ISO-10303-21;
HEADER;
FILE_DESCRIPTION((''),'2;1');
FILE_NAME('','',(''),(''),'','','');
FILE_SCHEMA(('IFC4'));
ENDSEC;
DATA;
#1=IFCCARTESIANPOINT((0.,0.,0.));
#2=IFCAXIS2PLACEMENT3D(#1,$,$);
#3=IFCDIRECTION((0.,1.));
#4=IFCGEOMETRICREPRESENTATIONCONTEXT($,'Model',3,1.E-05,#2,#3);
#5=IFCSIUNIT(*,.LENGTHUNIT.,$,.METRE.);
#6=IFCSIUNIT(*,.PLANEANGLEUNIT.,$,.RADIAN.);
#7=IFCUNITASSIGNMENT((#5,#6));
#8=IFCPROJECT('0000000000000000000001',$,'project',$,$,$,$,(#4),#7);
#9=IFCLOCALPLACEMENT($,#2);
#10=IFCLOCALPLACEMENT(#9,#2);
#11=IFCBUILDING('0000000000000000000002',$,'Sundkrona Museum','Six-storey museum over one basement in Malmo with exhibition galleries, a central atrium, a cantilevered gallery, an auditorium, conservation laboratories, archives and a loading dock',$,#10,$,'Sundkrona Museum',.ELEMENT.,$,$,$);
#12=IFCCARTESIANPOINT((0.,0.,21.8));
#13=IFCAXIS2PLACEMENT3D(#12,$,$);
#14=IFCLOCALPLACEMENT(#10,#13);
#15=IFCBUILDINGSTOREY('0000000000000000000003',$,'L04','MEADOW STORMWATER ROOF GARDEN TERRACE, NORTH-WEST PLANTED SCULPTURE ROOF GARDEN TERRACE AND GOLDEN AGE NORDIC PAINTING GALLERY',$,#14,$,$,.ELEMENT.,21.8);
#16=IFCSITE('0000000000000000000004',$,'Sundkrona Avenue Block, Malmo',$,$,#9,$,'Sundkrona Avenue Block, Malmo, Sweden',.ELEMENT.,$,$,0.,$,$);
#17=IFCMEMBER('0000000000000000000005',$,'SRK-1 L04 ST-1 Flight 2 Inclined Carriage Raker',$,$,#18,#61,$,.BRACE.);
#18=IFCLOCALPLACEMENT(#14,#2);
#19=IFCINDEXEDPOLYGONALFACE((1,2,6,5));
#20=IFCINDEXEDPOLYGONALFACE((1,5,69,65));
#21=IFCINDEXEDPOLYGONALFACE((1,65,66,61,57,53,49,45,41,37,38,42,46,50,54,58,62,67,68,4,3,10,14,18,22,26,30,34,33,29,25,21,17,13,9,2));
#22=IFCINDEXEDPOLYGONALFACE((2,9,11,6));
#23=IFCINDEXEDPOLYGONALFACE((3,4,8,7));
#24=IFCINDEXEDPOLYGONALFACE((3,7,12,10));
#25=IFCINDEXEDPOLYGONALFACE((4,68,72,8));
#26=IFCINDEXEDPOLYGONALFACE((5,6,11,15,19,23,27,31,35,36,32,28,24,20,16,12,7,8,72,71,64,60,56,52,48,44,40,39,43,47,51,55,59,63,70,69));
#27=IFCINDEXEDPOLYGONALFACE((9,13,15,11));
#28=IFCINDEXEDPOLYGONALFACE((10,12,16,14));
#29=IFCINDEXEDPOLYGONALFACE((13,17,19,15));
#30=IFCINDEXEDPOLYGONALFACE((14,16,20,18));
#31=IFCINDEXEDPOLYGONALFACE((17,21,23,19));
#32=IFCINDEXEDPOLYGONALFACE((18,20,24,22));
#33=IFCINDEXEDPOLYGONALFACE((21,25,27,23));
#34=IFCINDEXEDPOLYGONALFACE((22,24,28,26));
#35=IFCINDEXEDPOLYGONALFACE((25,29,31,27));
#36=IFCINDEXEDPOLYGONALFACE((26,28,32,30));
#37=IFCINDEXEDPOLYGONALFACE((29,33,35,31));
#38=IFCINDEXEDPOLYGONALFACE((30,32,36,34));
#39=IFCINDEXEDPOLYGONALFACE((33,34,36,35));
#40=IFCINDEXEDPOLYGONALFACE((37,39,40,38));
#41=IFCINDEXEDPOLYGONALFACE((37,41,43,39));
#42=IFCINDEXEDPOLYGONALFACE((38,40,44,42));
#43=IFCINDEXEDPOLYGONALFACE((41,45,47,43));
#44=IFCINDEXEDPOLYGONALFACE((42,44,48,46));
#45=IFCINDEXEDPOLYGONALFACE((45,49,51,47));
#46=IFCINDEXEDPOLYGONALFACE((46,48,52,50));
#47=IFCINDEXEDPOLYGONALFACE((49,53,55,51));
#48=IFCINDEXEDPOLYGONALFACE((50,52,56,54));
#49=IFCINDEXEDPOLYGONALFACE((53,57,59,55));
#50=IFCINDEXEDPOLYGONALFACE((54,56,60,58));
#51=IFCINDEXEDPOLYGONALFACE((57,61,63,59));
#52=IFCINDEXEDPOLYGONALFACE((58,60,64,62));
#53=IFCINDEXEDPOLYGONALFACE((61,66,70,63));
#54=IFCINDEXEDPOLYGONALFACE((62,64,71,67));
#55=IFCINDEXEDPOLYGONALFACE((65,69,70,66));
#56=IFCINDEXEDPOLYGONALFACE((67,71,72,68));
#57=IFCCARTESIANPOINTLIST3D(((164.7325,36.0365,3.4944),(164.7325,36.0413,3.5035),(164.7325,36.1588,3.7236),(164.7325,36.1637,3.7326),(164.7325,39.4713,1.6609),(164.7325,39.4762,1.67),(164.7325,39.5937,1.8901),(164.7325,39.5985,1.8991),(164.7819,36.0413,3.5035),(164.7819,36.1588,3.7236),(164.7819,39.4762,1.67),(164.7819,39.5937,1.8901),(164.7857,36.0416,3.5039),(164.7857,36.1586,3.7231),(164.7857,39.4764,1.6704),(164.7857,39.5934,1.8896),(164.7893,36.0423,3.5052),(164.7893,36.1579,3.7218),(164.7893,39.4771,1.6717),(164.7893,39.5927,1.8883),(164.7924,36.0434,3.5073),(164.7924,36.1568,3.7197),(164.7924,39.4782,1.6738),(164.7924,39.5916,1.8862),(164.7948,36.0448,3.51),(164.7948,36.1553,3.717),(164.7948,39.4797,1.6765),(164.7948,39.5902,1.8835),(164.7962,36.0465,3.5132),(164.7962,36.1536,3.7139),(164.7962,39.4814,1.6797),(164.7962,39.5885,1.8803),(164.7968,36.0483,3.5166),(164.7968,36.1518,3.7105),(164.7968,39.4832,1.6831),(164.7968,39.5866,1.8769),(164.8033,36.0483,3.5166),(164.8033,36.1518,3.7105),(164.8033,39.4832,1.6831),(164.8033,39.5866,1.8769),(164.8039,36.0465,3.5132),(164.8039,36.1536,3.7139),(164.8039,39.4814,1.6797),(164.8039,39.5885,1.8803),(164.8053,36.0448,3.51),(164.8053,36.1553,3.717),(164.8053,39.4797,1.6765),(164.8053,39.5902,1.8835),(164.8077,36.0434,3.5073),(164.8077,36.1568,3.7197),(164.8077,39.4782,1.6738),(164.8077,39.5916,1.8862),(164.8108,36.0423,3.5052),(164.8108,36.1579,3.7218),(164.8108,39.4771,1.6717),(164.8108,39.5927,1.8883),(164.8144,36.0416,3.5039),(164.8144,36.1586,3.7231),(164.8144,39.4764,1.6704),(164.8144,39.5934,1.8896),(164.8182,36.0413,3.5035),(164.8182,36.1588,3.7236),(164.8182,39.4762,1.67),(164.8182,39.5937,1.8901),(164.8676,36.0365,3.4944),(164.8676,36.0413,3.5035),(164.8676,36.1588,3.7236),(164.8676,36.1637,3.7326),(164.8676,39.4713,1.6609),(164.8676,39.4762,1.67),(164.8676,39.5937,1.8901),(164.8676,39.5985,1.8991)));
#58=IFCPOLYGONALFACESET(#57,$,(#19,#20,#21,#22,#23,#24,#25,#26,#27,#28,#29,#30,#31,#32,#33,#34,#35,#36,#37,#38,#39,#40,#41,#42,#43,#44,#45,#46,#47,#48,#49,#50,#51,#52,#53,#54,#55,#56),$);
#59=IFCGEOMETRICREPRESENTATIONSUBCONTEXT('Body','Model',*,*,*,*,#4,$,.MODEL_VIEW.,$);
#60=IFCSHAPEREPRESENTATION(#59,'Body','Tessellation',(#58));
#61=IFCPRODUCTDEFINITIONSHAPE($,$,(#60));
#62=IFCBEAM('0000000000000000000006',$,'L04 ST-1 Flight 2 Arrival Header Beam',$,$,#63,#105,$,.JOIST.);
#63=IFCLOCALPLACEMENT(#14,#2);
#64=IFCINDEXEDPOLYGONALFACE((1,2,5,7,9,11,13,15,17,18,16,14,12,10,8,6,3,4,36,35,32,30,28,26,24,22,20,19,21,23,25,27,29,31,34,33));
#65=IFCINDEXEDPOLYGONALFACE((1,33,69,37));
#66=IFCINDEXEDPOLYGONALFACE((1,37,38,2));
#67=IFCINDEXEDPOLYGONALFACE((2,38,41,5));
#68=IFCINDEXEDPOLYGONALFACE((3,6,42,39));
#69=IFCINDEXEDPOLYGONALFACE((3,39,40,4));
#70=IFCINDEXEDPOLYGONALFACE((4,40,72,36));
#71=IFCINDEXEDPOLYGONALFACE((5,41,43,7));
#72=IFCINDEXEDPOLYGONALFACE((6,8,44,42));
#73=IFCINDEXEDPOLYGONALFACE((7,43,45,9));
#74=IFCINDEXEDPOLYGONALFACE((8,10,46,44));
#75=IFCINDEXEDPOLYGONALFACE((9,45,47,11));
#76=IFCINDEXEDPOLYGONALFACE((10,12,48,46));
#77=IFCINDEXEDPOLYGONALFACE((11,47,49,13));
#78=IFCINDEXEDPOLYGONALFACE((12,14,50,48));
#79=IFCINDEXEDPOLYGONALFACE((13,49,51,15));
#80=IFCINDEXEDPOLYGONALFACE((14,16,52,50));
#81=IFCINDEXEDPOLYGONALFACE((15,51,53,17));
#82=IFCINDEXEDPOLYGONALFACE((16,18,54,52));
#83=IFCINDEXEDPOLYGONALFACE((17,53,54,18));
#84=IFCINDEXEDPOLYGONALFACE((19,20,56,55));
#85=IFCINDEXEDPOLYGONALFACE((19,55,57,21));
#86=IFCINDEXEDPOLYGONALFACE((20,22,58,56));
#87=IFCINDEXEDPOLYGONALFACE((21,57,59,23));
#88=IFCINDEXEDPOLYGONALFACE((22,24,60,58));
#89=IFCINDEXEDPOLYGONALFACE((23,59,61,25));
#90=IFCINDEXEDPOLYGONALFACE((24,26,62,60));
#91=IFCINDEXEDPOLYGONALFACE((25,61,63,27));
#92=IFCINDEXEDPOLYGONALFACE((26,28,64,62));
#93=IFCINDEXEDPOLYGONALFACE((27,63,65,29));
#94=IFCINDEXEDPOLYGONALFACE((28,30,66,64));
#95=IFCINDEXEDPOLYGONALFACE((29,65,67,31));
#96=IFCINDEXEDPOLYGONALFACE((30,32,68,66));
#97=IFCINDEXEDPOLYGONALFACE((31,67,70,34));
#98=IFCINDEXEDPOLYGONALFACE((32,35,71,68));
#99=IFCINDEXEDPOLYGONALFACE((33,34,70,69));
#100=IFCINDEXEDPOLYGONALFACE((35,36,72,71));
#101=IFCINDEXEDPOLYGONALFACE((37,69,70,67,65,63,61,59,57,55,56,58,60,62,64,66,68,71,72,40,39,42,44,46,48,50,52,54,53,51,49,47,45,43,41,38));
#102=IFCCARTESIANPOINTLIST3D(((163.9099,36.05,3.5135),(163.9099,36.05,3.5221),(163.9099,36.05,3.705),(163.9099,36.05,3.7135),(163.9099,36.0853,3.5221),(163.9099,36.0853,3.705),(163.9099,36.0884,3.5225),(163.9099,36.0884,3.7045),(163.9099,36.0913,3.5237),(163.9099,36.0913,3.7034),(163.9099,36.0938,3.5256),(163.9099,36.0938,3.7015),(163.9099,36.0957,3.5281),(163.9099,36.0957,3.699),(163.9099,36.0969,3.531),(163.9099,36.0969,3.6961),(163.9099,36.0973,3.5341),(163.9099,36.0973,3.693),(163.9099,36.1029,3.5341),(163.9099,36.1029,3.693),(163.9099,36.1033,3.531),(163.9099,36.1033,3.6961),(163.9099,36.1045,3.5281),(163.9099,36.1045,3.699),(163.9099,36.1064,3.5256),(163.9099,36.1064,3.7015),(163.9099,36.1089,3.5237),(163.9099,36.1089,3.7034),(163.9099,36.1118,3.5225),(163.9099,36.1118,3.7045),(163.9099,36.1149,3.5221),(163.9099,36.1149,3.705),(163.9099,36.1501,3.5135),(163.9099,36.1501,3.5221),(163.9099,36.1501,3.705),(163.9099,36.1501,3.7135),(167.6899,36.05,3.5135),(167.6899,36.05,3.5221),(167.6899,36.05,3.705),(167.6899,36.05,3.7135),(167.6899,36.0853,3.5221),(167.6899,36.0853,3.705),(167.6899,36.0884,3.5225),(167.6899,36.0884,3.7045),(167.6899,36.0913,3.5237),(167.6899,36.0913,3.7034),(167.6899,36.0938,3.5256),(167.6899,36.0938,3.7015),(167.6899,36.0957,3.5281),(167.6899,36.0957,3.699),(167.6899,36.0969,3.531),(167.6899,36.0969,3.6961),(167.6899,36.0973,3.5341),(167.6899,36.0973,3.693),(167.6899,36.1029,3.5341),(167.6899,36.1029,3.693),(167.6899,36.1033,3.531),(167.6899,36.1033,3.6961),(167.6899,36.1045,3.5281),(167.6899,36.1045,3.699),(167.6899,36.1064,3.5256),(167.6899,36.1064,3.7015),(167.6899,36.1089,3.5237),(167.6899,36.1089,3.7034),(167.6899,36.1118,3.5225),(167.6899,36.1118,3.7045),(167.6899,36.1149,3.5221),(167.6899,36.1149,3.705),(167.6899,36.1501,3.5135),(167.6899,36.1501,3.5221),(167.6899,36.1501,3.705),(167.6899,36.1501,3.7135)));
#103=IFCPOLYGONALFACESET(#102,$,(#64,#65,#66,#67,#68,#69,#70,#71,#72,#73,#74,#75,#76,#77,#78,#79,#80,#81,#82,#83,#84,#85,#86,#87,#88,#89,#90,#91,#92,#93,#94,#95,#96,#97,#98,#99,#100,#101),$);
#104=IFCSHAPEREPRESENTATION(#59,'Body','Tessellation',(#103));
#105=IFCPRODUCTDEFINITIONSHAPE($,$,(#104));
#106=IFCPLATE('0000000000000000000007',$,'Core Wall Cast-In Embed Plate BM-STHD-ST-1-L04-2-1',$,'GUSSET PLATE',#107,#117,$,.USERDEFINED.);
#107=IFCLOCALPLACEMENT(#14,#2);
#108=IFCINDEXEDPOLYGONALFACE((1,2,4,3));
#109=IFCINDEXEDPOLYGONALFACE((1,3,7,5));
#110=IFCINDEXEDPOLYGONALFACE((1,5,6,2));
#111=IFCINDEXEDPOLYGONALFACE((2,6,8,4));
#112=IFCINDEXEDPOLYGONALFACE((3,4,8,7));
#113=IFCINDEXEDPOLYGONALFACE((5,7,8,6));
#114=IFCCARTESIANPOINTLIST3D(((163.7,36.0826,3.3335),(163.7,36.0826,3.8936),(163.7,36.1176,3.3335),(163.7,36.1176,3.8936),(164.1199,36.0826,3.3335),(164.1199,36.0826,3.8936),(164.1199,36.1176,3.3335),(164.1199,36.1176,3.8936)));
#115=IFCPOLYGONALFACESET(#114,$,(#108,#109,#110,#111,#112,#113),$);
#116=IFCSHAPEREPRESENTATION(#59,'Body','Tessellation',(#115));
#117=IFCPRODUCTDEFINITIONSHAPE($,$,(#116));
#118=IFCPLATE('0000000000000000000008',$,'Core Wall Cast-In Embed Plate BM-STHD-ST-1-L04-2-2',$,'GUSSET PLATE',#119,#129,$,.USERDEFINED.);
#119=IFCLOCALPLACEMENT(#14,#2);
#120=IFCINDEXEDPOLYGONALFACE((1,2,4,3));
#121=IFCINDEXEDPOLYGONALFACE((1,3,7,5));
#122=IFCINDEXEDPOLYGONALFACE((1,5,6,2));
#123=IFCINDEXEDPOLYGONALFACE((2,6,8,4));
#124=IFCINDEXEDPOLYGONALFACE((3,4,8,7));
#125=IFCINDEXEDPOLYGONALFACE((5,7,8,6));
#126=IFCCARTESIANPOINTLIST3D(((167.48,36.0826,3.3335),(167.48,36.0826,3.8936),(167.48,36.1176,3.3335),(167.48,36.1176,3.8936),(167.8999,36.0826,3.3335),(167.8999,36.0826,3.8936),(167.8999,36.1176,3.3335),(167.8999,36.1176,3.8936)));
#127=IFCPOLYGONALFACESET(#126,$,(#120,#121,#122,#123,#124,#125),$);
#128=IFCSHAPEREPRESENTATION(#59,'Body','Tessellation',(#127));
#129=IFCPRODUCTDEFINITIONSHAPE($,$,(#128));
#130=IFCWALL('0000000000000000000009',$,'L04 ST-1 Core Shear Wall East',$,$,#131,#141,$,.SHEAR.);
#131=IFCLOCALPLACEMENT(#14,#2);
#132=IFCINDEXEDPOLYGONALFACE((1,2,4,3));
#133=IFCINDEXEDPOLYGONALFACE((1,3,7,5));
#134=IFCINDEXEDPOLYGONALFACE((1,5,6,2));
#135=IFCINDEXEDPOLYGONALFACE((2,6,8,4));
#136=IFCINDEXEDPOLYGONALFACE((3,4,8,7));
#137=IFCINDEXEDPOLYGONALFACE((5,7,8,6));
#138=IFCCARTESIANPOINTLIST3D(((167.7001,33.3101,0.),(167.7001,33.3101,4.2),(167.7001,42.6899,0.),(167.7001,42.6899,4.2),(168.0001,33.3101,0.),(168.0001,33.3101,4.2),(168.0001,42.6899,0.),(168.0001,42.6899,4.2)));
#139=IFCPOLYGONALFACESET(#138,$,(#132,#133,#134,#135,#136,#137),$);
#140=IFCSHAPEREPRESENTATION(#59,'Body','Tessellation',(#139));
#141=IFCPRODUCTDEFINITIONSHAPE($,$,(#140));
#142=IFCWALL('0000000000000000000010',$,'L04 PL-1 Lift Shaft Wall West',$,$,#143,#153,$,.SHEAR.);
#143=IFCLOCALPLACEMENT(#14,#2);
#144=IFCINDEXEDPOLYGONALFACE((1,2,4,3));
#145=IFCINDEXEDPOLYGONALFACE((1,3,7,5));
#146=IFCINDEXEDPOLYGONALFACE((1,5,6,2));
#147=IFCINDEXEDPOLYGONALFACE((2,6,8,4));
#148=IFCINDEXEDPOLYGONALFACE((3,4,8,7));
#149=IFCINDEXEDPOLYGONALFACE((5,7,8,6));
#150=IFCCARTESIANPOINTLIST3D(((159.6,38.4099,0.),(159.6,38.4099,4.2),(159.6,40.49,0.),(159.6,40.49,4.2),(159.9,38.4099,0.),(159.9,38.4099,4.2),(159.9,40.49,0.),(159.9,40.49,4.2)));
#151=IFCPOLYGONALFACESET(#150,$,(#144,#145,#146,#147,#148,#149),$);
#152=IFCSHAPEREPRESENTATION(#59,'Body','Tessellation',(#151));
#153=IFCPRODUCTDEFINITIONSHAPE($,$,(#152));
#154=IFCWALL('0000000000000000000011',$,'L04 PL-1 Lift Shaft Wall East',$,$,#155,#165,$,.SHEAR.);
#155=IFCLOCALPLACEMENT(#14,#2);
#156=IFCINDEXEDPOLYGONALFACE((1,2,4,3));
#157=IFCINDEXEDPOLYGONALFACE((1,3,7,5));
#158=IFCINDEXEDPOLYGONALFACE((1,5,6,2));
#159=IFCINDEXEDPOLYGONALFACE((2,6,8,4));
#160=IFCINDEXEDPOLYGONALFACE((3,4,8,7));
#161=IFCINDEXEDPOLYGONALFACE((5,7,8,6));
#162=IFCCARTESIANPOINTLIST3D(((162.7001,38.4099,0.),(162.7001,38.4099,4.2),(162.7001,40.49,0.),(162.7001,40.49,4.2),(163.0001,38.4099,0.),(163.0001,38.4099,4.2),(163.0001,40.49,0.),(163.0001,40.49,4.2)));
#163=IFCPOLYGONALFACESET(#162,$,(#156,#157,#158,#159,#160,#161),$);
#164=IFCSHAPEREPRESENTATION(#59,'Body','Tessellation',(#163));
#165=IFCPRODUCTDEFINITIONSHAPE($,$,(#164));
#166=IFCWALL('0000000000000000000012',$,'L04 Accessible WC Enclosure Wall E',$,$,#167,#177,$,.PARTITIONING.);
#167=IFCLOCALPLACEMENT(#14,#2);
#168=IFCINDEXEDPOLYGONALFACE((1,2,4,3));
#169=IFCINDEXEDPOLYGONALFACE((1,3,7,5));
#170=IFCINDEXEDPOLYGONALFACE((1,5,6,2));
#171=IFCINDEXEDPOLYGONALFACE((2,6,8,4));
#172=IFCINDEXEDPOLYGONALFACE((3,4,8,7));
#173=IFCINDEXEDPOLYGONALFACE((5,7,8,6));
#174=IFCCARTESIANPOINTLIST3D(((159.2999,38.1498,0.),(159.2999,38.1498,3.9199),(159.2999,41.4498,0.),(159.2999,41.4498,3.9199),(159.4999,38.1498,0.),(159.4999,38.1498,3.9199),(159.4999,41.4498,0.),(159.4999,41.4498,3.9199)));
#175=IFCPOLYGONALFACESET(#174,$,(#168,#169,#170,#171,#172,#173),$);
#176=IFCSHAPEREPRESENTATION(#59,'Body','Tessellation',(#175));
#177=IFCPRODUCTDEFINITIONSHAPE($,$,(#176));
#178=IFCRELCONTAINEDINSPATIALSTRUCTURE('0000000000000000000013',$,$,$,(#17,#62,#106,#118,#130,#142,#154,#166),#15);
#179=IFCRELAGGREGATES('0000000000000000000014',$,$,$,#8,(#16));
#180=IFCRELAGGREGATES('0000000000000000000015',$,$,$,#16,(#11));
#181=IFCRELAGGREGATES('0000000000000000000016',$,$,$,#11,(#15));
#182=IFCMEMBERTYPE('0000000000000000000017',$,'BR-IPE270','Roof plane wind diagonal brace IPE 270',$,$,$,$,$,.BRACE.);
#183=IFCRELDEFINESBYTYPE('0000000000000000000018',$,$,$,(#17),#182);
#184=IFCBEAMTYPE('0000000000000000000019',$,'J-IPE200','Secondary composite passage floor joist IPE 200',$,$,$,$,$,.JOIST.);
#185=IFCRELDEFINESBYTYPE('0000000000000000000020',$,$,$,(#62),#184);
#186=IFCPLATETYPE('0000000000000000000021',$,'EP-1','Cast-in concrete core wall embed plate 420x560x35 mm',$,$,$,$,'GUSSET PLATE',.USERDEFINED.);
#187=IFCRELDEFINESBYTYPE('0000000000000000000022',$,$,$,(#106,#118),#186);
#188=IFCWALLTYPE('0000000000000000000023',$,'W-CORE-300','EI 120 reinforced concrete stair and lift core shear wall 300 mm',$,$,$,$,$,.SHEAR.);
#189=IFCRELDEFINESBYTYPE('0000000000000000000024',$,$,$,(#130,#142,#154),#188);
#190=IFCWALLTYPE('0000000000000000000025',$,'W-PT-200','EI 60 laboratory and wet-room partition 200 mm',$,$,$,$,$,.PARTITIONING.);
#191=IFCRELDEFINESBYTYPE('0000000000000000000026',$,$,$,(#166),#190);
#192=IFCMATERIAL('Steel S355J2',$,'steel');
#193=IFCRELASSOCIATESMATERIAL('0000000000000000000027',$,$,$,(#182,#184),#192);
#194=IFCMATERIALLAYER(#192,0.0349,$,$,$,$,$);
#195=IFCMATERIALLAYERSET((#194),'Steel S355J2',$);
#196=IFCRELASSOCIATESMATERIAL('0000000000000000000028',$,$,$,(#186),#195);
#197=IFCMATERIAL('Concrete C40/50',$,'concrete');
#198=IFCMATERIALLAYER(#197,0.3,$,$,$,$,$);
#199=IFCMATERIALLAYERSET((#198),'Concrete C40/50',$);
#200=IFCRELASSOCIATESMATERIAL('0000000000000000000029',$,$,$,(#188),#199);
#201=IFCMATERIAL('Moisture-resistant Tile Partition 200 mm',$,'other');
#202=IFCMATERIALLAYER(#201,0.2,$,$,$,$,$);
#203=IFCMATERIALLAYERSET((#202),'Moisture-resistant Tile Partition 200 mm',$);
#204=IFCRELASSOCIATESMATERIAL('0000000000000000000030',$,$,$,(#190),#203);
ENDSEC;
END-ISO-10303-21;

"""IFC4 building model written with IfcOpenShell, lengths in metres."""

from ifc_helpers import new_model, si_unit, direction, frame, frame_2d, origin, origin_2d, place, context, subcontext, project, spatial, rectangle, i_section, extrude, material, layer, layer_set, material_profile, profile_set, type_object, element, save


model = new_model("IFC4")

# Units and contexts
model_context = context("Model", 3, precision=1e-05, world=origin(), true_north=direction((0.0, 1.0)))
body_context = subcontext(model_context, "Body", "Model", "MODEL_VIEW")
ifc_project = project(units=[si_unit("LENGTHUNIT", "METRE"), si_unit("PLANEANGLEUNIT", "RADIAN")], contexts=[model_context])

# Site, building, storey
site_placement = place(None, origin())
site = spatial("IfcSite", under=ifc_project, at=site_placement, Name="Sundkrona Avenue Block, Malmo", LongName="Sundkrona Avenue Block, Malmo, Sweden", CompositionType="ELEMENT", RefElevation=0.0)
building_placement = place(site_placement, origin())
building = spatial("IfcBuilding", under=site, at=building_placement, Name="Sundkrona Museum", Description="Six-storey museum over one basement in Malmo with exhibition galleries, a central atrium, a cantilevered gallery, an auditorium, conservation laboratories, archives and a loading dock", LongName="Sundkrona Museum", CompositionType="ELEMENT")
storey_placement = place(building_placement, frame((0.0, 0.0, 21.8)))
storey = spatial("IfcBuildingStorey", under=building, at=storey_placement, Name="L04", Description="MEADOW STORMWATER ROOF GARDEN TERRACE, NORTH-WEST PLANTED SCULPTURE ROOF GARDEN TERRACE AND GOLDEN AGE NORDIC PAINTING GALLERY", CompositionType="ELEMENT", Elevation=21.8)

# Member
ifc_material_1 = material(Name="Steel S355J2", Category="steel")
ifc_material_profile_1 = material_profile(ifc_material_1, i_section(OverallWidth=0.135, OverallDepth=0.27, WebThickness=0.0066, FlangeThickness=0.0103, FilletRadius=0.0149, at=origin_2d()), Name="IPE 270")
ifc_profile_set_1 = profile_set([ifc_material_profile_1], Name="Steel S355J2")
member_type = type_object("IfcMemberType", Name="BR-IPE270", Description="Roof plane wind diagonal brace IPE 270", PredefinedType="BRACE", material=ifc_profile_set_1)
member_placement = place(storey_placement, frame((164.8, 39.5349, 1.78), z_axis=(0.0, -0.882183, 0.470907), x_axis=(1.0, 0.0, 0.0)))
element("IfcMember", 1, at=member_placement, inside=storey, type_object=member_type, Name="SRK-1 L04 ST-1 Flight 2 Inclined Carriage Raker", PredefinedType="BRACE", context=body_context, shape_type="SweptSolid", body=[
    extrude(i_section(OverallWidth=0.135, OverallDepth=0.27, WebThickness=0.0066, FlangeThickness=0.0103, FilletRadius=0.0149, at=origin_2d()), origin(), (0.0, 0.0, 1.0), 3.8936),
])

# Beam
ifc_material_profile_2 = material_profile(ifc_material_1, i_section(OverallWidth=0.1001, OverallDepth=0.2, WebThickness=0.0056, FlangeThickness=0.0085, FilletRadius=0.012, at=origin_2d()), Name="IPE 200")
ifc_profile_set_2 = profile_set([ifc_material_profile_2], Name="Steel S355J2")
beam_type = type_object("IfcBeamType", Name="J-IPE200", Description="Secondary composite passage floor joist IPE 200", PredefinedType="JOIST", material=ifc_profile_set_2)
beam_placement = place(storey_placement, frame((163.9099, 36.1001, 3.6135), z_axis=(1.0, 0.0, 0.0), x_axis=(0.0, 1.0, 0.0)))
element("IfcBeam", 2, at=beam_placement, inside=storey, type_object=beam_type, Name="L04 ST-1 Flight 2 Arrival Header Beam", PredefinedType="JOIST", context=body_context, shape_type="SweptSolid", body=[
    extrude(i_section(OverallWidth=0.1001, OverallDepth=0.2, WebThickness=0.0056, FlangeThickness=0.0085, FilletRadius=0.012, at=origin_2d()), origin(), (0.0, 0.0, 1.0), 3.78),
])

# Plates
ifc_layer_1 = layer(ifc_material_1, 0.0349)
ifc_layer_set_1 = layer_set([ifc_layer_1], Name="Steel S355J2")
plate_type = type_object("IfcPlateType", Name="EP-1", Description="Cast-in concrete core wall embed plate 420x560x35 mm", ElementType="GUSSET PLATE", PredefinedType="USERDEFINED", material=ifc_layer_set_1)
for number, where, z_axis, x_axis, name in (
    (3, (163.9099, 36.1001, 3.3335), (0.0, 0.0, 1.0), (1.0, 0.0, 0.0), "Core Wall Cast-In Embed Plate BM-STHD-ST-1-L04-2-1"),
    (4, (167.6899, 36.1001, 3.3335), (0.0, 0.0, 1.0), (1.0, 0.0, 0.0), "Core Wall Cast-In Embed Plate BM-STHD-ST-1-L04-2-2"),
):
    element("IfcPlate", number, at=place(storey_placement, frame(where, z_axis=z_axis, x_axis=x_axis)), inside=storey, type_object=plate_type, Name=name, ObjectType="GUSSET PLATE", PredefinedType="USERDEFINED", context=body_context, shape_type="SweptSolid", body=[
        extrude(rectangle(XDim=0.4199, YDim=0.0349, at=origin_2d()), origin(), (0.0, 0.0, 1.0), 0.5601),
    ])

# Wall
ifc_material_2 = material(Name="Concrete C40/50", Category="concrete")
ifc_layer_2 = layer(ifc_material_2, 0.3)
ifc_layer_set_2 = layer_set([ifc_layer_2], Name="Concrete C40/50")
wall_type_1 = type_object("IfcWallType", Name="W-CORE-300", Description="EI 120 reinforced concrete stair and lift core shear wall 300 mm", PredefinedType="SHEAR", material=ifc_layer_set_2)
wall_1_placement = place(storey_placement, frame((167.8501, 33.3101, 0.0), z_axis=(0.0, 0.0, 1.0), x_axis=(0.0, 1.0, 0.0)))
element("IfcWall", 5, at=wall_1_placement, inside=storey, type_object=wall_type_1, Name="L04 ST-1 Core Shear Wall East", PredefinedType="SHEAR", context=body_context, shape_type="SweptSolid", body=[
    extrude(rectangle(XDim=9.3799, YDim=0.3, at=frame_2d((4.6899, 0.0))), origin(), (0.0, 0.0, 1.0), 4.2),
])

# Walls
for number, where, z_axis, x_axis, name in (
    (6, (159.75, 38.4099, 0.0), (0.0, 0.0, 1.0), (0.0, 1.0, 0.0), "L04 PL-1 Lift Shaft Wall West"),
    (7, (162.8501, 38.4099, 0.0), (0.0, 0.0, 1.0), (0.0, 1.0, 0.0), "L04 PL-1 Lift Shaft Wall East"),
):
    element("IfcWall", number, at=place(storey_placement, frame(where, z_axis=z_axis, x_axis=x_axis)), inside=storey, type_object=wall_type_1, Name=name, PredefinedType="SHEAR", context=body_context, shape_type="SweptSolid", body=[
        extrude(rectangle(XDim=2.0801, YDim=0.3, at=frame_2d((1.04, 0.0))), origin(), (0.0, 0.0, 1.0), 4.2),
    ])
ifc_material_3 = material(Name="Moisture-resistant Tile Partition 200 mm", Category="other")
ifc_layer_3 = layer(ifc_material_3, 0.2)
ifc_layer_set_3 = layer_set([ifc_layer_3], Name="Moisture-resistant Tile Partition 200 mm")
wall_type_2 = type_object("IfcWallType", Name="W-PT-200", Description="EI 60 laboratory and wet-room partition 200 mm", PredefinedType="PARTITIONING", material=ifc_layer_set_3)
wall_2_placement = place(storey_placement, frame((159.3999, 38.1499, 0.0), z_axis=(0.0, 0.0, 1.0), x_axis=(0.0, 1.0, 0.0)))
element("IfcWall", 8, at=wall_2_placement, inside=storey, type_object=wall_type_2, Name="L04 Accessible WC Enclosure Wall E", PredefinedType="PARTITIONING", context=body_context, shape_type="SweptSolid", body=[
    extrude(rectangle(XDim=3.3, YDim=0.2, at=frame_2d((1.6499, 0.0))), origin(), (0.0, 0.0, 1.0), 3.9199),
])

save(model, "model.ifc")
